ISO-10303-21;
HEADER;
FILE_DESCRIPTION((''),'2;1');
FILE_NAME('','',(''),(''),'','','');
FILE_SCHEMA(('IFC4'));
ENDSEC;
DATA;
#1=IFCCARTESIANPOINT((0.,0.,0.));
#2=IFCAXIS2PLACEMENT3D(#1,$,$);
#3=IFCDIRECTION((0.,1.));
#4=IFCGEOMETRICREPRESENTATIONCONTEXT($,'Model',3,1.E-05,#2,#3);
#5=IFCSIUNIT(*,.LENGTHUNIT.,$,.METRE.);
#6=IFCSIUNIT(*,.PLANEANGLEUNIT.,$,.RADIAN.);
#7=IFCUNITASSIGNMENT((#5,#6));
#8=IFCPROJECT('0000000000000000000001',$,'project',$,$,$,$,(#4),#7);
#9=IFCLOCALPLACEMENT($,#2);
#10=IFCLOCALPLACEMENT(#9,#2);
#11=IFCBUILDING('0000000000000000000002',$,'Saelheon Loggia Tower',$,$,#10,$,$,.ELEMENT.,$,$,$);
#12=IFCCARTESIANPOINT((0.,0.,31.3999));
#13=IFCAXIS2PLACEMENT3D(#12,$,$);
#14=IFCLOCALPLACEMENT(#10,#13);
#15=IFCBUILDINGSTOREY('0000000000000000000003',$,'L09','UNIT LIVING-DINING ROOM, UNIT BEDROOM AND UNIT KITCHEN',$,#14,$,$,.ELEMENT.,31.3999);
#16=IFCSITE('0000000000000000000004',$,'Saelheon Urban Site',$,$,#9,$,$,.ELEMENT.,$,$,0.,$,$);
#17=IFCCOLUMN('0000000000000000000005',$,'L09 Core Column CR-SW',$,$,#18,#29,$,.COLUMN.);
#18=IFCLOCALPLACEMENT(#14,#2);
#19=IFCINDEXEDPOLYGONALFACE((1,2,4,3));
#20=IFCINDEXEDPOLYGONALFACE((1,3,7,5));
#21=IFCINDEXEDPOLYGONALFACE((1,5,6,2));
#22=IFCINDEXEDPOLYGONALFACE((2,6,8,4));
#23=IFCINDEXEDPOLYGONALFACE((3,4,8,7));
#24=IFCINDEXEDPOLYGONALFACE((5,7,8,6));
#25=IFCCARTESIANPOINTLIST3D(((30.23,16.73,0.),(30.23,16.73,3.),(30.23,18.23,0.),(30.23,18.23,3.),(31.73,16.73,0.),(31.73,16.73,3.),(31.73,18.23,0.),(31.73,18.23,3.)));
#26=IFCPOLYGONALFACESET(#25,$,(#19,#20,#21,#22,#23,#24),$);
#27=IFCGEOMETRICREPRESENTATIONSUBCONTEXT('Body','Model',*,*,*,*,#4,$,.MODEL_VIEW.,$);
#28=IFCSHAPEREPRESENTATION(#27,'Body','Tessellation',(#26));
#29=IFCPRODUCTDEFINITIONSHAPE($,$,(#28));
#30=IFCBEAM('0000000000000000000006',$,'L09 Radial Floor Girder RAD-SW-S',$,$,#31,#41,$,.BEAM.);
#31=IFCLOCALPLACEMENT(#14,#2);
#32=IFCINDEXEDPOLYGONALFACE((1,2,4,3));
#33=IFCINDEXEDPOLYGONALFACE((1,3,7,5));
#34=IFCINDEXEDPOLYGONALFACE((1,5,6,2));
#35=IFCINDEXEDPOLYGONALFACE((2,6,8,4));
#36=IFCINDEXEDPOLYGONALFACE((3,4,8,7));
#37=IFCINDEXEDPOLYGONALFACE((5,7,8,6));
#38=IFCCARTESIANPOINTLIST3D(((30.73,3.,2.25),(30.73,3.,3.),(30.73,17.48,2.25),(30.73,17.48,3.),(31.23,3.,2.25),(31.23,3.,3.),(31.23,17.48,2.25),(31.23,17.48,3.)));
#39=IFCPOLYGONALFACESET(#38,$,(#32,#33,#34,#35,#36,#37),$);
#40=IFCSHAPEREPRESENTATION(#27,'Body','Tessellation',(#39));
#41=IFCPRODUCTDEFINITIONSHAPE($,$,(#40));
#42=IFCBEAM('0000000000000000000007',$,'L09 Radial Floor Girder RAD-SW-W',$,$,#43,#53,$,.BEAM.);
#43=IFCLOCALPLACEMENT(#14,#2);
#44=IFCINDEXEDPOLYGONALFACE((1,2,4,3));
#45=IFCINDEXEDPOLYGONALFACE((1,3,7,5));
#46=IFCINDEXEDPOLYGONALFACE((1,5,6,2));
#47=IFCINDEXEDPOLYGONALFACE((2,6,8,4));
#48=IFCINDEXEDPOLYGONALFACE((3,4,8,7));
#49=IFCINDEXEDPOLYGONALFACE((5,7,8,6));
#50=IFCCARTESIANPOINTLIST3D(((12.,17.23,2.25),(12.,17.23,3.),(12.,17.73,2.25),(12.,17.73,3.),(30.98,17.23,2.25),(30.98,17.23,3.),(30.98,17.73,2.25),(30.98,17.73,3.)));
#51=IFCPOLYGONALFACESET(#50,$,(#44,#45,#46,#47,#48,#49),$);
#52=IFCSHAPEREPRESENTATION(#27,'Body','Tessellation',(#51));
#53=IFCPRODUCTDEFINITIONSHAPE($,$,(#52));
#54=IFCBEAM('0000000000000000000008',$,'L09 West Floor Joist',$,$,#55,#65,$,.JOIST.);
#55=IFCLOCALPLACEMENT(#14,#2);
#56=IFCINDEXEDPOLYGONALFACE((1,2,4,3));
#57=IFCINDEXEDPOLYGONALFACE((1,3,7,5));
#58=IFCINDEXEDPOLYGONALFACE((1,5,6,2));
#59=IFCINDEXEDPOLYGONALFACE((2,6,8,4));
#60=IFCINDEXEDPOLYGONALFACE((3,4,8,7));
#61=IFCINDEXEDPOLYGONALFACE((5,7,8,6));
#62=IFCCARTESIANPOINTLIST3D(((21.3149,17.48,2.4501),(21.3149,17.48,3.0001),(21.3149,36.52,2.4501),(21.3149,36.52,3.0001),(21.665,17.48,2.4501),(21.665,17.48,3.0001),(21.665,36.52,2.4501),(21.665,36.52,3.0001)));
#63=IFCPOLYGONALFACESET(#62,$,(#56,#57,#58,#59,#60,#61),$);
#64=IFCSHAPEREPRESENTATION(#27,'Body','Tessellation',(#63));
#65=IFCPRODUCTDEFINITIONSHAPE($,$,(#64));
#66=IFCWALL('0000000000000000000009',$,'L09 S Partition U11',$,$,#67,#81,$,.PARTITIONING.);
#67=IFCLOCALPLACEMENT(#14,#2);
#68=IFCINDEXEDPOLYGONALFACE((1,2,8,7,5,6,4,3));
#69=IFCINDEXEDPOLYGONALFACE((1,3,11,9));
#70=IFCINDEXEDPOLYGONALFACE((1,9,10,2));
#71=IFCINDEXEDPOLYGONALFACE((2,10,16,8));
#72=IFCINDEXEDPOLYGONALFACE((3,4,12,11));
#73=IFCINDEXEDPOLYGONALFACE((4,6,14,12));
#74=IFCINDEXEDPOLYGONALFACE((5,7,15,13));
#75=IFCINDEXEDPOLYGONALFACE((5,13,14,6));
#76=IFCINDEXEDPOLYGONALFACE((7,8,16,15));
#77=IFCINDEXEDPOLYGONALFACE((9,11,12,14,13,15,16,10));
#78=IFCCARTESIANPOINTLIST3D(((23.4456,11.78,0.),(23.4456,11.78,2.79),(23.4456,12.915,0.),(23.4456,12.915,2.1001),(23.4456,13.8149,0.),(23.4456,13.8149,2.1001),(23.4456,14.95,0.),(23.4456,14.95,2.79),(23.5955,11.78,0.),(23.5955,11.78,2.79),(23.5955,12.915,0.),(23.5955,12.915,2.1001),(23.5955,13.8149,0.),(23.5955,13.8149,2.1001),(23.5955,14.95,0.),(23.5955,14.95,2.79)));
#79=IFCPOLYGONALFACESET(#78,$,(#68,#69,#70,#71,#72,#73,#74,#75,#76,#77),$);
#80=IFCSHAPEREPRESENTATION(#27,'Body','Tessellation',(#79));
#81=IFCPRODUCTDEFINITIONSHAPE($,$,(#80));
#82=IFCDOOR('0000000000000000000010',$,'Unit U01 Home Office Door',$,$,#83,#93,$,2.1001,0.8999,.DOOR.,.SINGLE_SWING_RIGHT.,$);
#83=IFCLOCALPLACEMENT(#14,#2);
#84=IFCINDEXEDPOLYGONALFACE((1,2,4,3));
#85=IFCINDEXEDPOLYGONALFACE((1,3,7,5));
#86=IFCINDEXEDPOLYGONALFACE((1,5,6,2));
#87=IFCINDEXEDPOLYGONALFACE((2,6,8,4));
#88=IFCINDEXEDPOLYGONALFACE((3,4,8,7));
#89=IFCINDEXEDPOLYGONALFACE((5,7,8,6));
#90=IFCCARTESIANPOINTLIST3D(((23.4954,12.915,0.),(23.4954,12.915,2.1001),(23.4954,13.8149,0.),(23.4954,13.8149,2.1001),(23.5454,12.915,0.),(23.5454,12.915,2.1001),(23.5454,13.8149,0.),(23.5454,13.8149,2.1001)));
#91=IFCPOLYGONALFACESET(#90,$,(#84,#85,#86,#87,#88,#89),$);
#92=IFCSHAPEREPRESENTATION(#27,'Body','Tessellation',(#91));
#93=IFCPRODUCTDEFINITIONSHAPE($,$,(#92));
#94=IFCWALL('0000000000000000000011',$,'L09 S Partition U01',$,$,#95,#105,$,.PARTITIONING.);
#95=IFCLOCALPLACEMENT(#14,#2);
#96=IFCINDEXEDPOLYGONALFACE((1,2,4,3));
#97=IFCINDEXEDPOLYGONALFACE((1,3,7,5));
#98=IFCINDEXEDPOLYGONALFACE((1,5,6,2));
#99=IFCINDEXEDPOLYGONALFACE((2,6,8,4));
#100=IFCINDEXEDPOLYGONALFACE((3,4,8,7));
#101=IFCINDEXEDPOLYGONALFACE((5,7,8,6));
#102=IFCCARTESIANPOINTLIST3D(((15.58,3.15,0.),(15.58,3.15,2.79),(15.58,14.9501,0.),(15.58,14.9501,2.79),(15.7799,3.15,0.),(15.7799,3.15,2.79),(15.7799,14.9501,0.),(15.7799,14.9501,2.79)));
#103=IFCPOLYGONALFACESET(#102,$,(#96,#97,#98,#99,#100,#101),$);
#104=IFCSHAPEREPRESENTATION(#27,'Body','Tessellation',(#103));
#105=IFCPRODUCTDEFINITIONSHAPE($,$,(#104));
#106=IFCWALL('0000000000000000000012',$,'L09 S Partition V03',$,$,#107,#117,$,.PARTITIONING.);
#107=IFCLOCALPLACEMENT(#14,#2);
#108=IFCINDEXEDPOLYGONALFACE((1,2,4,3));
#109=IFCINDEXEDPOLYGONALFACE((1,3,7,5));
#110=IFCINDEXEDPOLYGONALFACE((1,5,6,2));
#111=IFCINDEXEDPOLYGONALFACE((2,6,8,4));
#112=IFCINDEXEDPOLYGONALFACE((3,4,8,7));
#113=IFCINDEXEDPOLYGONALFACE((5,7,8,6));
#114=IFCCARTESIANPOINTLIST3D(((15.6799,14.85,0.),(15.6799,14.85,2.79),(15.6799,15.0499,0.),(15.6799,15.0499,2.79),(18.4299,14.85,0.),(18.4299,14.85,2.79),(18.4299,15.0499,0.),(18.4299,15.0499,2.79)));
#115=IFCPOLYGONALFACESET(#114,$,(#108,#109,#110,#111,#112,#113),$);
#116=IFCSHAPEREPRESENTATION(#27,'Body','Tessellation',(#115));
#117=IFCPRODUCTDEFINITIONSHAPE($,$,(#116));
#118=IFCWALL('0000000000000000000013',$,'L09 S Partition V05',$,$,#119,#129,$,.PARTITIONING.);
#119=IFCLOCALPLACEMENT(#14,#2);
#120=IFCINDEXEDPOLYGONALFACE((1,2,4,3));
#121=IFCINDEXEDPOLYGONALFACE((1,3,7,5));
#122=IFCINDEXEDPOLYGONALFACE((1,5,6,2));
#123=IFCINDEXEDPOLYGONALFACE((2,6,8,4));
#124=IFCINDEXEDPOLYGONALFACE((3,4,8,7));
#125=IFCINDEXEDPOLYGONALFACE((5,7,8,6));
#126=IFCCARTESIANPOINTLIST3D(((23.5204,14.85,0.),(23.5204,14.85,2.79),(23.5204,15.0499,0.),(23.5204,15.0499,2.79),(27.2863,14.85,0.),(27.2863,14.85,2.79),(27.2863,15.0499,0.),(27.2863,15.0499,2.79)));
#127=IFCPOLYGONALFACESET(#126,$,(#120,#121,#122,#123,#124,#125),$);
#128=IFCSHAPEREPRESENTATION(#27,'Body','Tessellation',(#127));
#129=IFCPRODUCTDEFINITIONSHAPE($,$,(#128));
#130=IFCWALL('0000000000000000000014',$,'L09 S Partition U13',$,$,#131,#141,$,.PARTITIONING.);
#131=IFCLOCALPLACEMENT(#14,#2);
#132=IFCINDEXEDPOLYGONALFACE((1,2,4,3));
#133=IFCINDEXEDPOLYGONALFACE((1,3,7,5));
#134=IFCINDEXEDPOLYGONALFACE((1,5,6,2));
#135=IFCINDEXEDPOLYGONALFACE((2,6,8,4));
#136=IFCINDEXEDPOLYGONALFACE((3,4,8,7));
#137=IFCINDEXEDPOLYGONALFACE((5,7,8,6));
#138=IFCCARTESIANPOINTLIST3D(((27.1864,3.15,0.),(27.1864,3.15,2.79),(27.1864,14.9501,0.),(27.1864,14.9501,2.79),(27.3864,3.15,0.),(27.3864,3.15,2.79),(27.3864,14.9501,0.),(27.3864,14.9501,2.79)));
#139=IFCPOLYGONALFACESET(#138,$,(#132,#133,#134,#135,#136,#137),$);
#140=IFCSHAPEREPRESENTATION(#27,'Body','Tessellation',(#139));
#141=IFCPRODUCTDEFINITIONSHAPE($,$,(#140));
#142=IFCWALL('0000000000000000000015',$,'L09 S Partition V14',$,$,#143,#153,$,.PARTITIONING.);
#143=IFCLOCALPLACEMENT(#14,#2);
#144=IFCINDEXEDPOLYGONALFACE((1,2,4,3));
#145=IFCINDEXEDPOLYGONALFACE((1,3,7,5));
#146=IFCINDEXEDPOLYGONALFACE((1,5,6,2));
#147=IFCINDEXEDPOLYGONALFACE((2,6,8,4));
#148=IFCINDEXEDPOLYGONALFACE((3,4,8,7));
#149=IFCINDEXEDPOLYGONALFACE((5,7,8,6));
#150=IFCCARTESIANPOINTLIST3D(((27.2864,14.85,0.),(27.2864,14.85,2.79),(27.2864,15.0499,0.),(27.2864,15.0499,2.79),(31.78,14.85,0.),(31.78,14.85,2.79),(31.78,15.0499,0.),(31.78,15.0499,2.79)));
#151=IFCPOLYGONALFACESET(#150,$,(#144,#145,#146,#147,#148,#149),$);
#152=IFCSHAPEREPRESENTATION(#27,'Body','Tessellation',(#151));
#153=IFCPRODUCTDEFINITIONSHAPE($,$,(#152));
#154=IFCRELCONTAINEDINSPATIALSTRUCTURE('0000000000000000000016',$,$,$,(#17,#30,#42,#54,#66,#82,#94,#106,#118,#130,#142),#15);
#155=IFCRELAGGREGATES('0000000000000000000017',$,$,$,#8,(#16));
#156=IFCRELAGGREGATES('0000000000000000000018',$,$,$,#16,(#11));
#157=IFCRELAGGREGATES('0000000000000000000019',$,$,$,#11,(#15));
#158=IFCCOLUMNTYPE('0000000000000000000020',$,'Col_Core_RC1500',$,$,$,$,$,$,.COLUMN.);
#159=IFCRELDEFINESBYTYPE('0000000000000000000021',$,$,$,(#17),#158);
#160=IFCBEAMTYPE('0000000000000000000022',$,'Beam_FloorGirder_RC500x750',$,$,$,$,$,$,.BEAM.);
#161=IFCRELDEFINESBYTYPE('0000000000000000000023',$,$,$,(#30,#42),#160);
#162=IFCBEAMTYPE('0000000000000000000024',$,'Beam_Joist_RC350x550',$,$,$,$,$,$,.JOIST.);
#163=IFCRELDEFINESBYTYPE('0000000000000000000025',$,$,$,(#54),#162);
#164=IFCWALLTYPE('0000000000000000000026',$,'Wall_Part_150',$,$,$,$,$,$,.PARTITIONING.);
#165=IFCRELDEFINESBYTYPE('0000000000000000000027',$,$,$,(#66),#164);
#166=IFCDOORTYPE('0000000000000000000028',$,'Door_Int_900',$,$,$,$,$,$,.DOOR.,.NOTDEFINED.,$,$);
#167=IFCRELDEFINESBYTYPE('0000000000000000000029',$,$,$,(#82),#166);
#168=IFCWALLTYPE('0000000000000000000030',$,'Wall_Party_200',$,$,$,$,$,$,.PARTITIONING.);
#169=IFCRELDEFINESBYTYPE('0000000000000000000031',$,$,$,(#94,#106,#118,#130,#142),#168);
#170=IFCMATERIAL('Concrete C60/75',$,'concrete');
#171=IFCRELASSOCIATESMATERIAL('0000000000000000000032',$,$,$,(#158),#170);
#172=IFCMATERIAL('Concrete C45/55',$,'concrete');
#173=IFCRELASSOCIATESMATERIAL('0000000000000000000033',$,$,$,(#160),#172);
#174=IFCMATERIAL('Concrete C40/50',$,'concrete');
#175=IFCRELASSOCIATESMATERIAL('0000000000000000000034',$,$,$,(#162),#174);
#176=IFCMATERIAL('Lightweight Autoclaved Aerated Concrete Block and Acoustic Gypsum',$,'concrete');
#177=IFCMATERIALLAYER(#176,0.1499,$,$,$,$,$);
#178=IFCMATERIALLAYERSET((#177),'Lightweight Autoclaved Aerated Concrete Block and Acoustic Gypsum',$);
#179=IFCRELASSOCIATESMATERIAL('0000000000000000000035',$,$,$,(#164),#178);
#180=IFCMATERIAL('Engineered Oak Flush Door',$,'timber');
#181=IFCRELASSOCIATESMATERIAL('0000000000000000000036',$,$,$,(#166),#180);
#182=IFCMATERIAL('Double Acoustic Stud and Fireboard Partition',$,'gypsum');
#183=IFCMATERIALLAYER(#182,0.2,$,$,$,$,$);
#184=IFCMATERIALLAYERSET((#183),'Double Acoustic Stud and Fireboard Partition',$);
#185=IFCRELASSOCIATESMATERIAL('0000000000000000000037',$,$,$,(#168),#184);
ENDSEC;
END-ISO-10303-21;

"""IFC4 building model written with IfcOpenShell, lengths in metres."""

from ifc_helpers import new_model, si_unit, direction, frame, frame_2d, origin, origin_2d, place, context, subcontext, project, spatial, rectangle, extrude, source, transform, mapped, material, layer, layer_set, material_profile, profile_set, type_object, element, fill, save


model = new_model("IFC4")

# Units and contexts
model_context = context("Model", 3, precision=1e-05, world=origin(), true_north=direction((0.0, 1.0)))
body_context = subcontext(model_context, "Body", "Model", "MODEL_VIEW")
ifc_project = project(units=[si_unit("LENGTHUNIT", "METRE"), si_unit("PLANEANGLEUNIT", "RADIAN")], contexts=[model_context])

# Site, building, storey
site_placement = place(None, origin())
site = spatial("IfcSite", under=ifc_project, at=site_placement, Name="Saelheon Urban Site", CompositionType="ELEMENT", RefElevation=0.0)
building_placement = place(site_placement, origin())
building = spatial("IfcBuilding", under=site, at=building_placement, Name="Saelheon Loggia Tower", CompositionType="ELEMENT")
storey_placement = place(building_placement, frame((0.0, 0.0, 31.3999)))
storey = spatial("IfcBuildingStorey", under=building, at=storey_placement, Name="L09", Description="UNIT LIVING-DINING ROOM, UNIT BEDROOM AND UNIT KITCHEN", CompositionType="ELEMENT", Elevation=31.3999)

# Column
ifc_material_1 = material(Name="Concrete C60/75", Category="concrete")
ifc_material_profile_1 = material_profile(ifc_material_1, rectangle(XDim=1.5, YDim=1.5, at=origin_2d()), Name="RC-1500x1500")
ifc_profile_set_1 = profile_set([ifc_material_profile_1], Name="Concrete C60/75")
column_type = type_object("IfcColumnType", Name="Col_Core_RC1500", PredefinedType="COLUMN", material=ifc_profile_set_1)
shared_shape_1 = source(origin(), body_context, "Body", "SweptSolid", [
    extrude(rectangle(XDim=1.5, YDim=1.5, at=origin_2d()), origin(), (0.0, 0.0, 1.0), 3.0),
])
column_placement = place(storey_placement, frame((30.98, 17.48, 0.0), z_axis=(0.0, 0.0, 1.0), x_axis=(1.0, 0.0, 0.0)))
element("IfcColumn", 1, at=column_placement, inside=storey, type_object=column_type, Name="L09 Core Column CR-SW", PredefinedType="COLUMN", context=body_context, shape_type="MappedRepresentation", body=[
    mapped(shared_shape_1, transform((0.0, 0.0, 0.0), scale=1.0)),
])

# Beams
ifc_material_2 = material(Name="Concrete C45/55", Category="concrete")
ifc_material_profile_2 = material_profile(ifc_material_2, rectangle(XDim=0.5, YDim=0.75, at=origin_2d()), Name="RC-500x750")
ifc_profile_set_2 = profile_set([ifc_material_profile_2], Name="Concrete C45/55")
beam_type_1 = type_object("IfcBeamType", Name="Beam_FloorGirder_RC500x750", PredefinedType="BEAM", material=ifc_profile_set_2)
shared_shape_2 = source(origin(), body_context, "Body", "SweptSolid", [
    extrude(rectangle(XDim=0.5, YDim=0.75, at=origin_2d()), origin(), (0.0, 0.0, 1.0), 14.48),
])
beam_1_placement = place(storey_placement, frame((30.98, 17.48, 2.625), z_axis=(0.0, -1.0, 0.0), x_axis=(1.0, 0.0, 0.0)))
element("IfcBeam", 2, at=beam_1_placement, inside=storey, type_object=beam_type_1, Name="L09 Radial Floor Girder RAD-SW-S", PredefinedType="BEAM", context=body_context, shape_type="MappedRepresentation", body=[
    mapped(shared_shape_2, transform((0.0, 0.0, 0.0), scale=1.0)),
])
shared_shape_3 = source(origin(), body_context, "Body", "SweptSolid", [
    extrude(rectangle(XDim=0.5, YDim=0.75, at=origin_2d()), origin(), (0.0, 0.0, 1.0), 18.98),
])
beam_2_placement = place(storey_placement, frame((30.98, 17.48, 2.625), z_axis=(-1.0, 0.0, 0.0), x_axis=(0.0, -1.0, 0.0)))
element("IfcBeam", 3, at=beam_2_placement, inside=storey, type_object=beam_type_1, Name="L09 Radial Floor Girder RAD-SW-W", PredefinedType="BEAM", context=body_context, shape_type="MappedRepresentation", body=[
    mapped(shared_shape_3, transform((0.0, 0.0, 0.0), scale=1.0)),
])
ifc_material_3 = material(Name="Concrete C40/50", Category="concrete")
ifc_material_profile_3 = material_profile(ifc_material_3, rectangle(XDim=0.3501, YDim=0.55, at=origin_2d()), Name="RC-350x550")
ifc_profile_set_3 = profile_set([ifc_material_profile_3], Name="Concrete C40/50")
beam_type_2 = type_object("IfcBeamType", Name="Beam_Joist_RC350x550", PredefinedType="JOIST", material=ifc_profile_set_3)
shared_shape_4 = source(origin(), body_context, "Body", "SweptSolid", [
    extrude(rectangle(XDim=0.3501, YDim=0.55, at=origin_2d()), origin(), (0.0, 0.0, 1.0), 19.04),
])
beam_3_placement = place(storey_placement, frame((21.49, 17.48, 2.7251), z_axis=(0.0, 1.0, 0.0), x_axis=(-1.0, 0.0, 0.0)))
element("IfcBeam", 4, at=beam_3_placement, inside=storey, type_object=beam_type_2, Name="L09 West Floor Joist", PredefinedType="JOIST", context=body_context, shape_type="MappedRepresentation", body=[
    mapped(shared_shape_4, transform((0.0, 0.0, 0.0), scale=1.0)),
])

# Wall, opening, door
ifc_material_4 = material(Name="Lightweight Autoclaved Aerated Concrete Block and Acoustic Gypsum", Category="concrete")
ifc_layer_1 = layer(ifc_material_4, 0.1499)
ifc_layer_set_1 = layer_set([ifc_layer_1], Name="Lightweight Autoclaved Aerated Concrete Block and Acoustic Gypsum")
wall_type_1 = type_object("IfcWallType", Name="Wall_Part_150", PredefinedType="PARTITIONING", material=ifc_layer_set_1)
wall_1_placement = place(storey_placement, frame((23.5205, 14.95, 0.0), z_axis=(0.0, 0.0, 1.0), x_axis=(0.0, -1.0, 0.0)))
wall_1 = element("IfcWall", 5, at=wall_1_placement, inside=storey, type_object=wall_type_1, Name="L09 S Partition U11", PredefinedType="PARTITIONING", context=body_context, shape_type="SweptSolid", body=[
    extrude(rectangle(XDim=3.1699, YDim=0.1499, at=frame_2d((1.585, 0.0))), origin(), (0.0, 0.0, 1.0), 2.79),
])
opening_1_placement = place(wall_1_placement, frame((1.135, 0.0, 0.0)))
opening_1 = element("IfcOpeningElement", 6, at=opening_1_placement, cuts=wall_1, PredefinedType="OPENING", context=body_context, shape_type="SweptSolid", body=[
    extrude(rectangle(XDim=0.8999, YDim=2.1001, at=frame_2d((0.45, 1.05))), frame((0.0, 0.0869, 0.0), z_axis=(0.0, -1.0, 0.0), x_axis=(1.0, 0.0, 0.0)), (0.0, 0.0, 1.0), 0.1738),
])
ifc_material_5 = material(Name="Engineered Oak Flush Door", Category="timber")
door_type_1 = type_object("IfcDoorType", Name="Door_Int_900", OperationType="NOTDEFINED", PredefinedType="DOOR", material=ifc_material_5)
shared_shape_5 = source(origin(), body_context, "Body", "SweptSolid", [
    extrude(rectangle(XDim=0.8999, YDim=2.1001, at=frame_2d((0.45, 1.05))), frame((0.0, 0.0249, 0.0), z_axis=(0.0, -1.0, 0.0), x_axis=(1.0, 0.0, 0.0)), (0.0, 0.0, 1.0), 0.05),
])
door_1_placement = place(opening_1_placement, origin())
door_1 = element("IfcDoor", 7, at=door_1_placement, inside=storey, type_object=door_type_1, Name="Unit U01 Home Office Door", OperationType="SINGLE_SWING_RIGHT", OverallHeight=2.1001, OverallWidth=0.8999, PredefinedType="DOOR", context=body_context, shape_type="MappedRepresentation", body=[
    mapped(shared_shape_5, transform((0.0, 0.0, 0.0), scale=1.0)),
])
fill(opening_1, door_1)

# Walls
ifc_material_6 = material(Name="Double Acoustic Stud and Fireboard Partition", Category="gypsum")
ifc_layer_2 = layer(ifc_material_6, 0.2)
ifc_layer_set_2 = layer_set([ifc_layer_2], Name="Double Acoustic Stud and Fireboard Partition")
wall_type_2 = type_object("IfcWallType", Name="Wall_Party_200", PredefinedType="PARTITIONING", material=ifc_layer_set_2)
wall_2_placement = place(storey_placement, frame((15.6799, 14.95, 0.0), z_axis=(0.0, 0.0, 1.0), x_axis=(0.0, -1.0, 0.0)))
element("IfcWall", 8, at=wall_2_placement, inside=storey, type_object=wall_type_2, Name="L09 S Partition U01", PredefinedType="PARTITIONING", context=body_context, shape_type="SweptSolid", body=[
    extrude(rectangle(XDim=11.8, YDim=0.2, at=frame_2d((5.8999, 0.0))), origin(), (0.0, 0.0, 1.0), 2.79),
])
wall_3_placement = place(storey_placement, frame((15.6799, 14.95, 0.0), z_axis=(0.0, 0.0, 1.0), x_axis=(1.0, 0.0, 0.0)))
element("IfcWall", 9, at=wall_3_placement, inside=storey, type_object=wall_type_2, Name="L09 S Partition V03", PredefinedType="PARTITIONING", context=body_context, shape_type="SweptSolid", body=[
    extrude(rectangle(XDim=2.75, YDim=0.2, at=frame_2d((1.375, 0.0))), origin(), (0.0, 0.0, 1.0), 2.79),
])

# Walls
wall_4_placement = place(storey_placement, frame((23.5205, 14.95, 0.0), z_axis=(0.0, 0.0, 1.0), x_axis=(1.0, 0.0, 0.0)))
element("IfcWall", 10, at=wall_4_placement, inside=storey, type_object=wall_type_2, Name="L09 S Partition V05", PredefinedType="PARTITIONING", context=body_context, shape_type="SweptSolid", body=[
    extrude(rectangle(XDim=3.7659, YDim=0.2, at=frame_2d((1.8828, 0.0))), origin(), (0.0, 0.0, 1.0), 2.79),
])
wall_5_placement = place(storey_placement, frame((27.2864, 14.95, 0.0), z_axis=(0.0, 0.0, 1.0), x_axis=(0.0, -1.0, 0.0)))
element("IfcWall", 11, at=wall_5_placement, inside=storey, type_object=wall_type_2, Name="L09 S Partition U13", PredefinedType="PARTITIONING", context=body_context, shape_type="SweptSolid", body=[
    extrude(rectangle(XDim=11.8, YDim=0.2, at=frame_2d((5.8999, 0.0))), origin(), (0.0, 0.0, 1.0), 2.79),
])
wall_6_placement = place(storey_placement, frame((27.2864, 14.95, 0.0), z_axis=(0.0, 0.0, 1.0), x_axis=(1.0, 0.0, 0.0)))
element("IfcWall", 12, at=wall_6_placement, inside=storey, type_object=wall_type_2, Name="L09 S Partition V14", PredefinedType="PARTITIONING", context=body_context, shape_type="SweptSolid", body=[
    extrude(rectangle(XDim=4.4937, YDim=0.2, at=frame_2d((2.2468, 0.0))), origin(), (0.0, 0.0, 1.0), 2.79),
])

save(model, "model.ifc")
